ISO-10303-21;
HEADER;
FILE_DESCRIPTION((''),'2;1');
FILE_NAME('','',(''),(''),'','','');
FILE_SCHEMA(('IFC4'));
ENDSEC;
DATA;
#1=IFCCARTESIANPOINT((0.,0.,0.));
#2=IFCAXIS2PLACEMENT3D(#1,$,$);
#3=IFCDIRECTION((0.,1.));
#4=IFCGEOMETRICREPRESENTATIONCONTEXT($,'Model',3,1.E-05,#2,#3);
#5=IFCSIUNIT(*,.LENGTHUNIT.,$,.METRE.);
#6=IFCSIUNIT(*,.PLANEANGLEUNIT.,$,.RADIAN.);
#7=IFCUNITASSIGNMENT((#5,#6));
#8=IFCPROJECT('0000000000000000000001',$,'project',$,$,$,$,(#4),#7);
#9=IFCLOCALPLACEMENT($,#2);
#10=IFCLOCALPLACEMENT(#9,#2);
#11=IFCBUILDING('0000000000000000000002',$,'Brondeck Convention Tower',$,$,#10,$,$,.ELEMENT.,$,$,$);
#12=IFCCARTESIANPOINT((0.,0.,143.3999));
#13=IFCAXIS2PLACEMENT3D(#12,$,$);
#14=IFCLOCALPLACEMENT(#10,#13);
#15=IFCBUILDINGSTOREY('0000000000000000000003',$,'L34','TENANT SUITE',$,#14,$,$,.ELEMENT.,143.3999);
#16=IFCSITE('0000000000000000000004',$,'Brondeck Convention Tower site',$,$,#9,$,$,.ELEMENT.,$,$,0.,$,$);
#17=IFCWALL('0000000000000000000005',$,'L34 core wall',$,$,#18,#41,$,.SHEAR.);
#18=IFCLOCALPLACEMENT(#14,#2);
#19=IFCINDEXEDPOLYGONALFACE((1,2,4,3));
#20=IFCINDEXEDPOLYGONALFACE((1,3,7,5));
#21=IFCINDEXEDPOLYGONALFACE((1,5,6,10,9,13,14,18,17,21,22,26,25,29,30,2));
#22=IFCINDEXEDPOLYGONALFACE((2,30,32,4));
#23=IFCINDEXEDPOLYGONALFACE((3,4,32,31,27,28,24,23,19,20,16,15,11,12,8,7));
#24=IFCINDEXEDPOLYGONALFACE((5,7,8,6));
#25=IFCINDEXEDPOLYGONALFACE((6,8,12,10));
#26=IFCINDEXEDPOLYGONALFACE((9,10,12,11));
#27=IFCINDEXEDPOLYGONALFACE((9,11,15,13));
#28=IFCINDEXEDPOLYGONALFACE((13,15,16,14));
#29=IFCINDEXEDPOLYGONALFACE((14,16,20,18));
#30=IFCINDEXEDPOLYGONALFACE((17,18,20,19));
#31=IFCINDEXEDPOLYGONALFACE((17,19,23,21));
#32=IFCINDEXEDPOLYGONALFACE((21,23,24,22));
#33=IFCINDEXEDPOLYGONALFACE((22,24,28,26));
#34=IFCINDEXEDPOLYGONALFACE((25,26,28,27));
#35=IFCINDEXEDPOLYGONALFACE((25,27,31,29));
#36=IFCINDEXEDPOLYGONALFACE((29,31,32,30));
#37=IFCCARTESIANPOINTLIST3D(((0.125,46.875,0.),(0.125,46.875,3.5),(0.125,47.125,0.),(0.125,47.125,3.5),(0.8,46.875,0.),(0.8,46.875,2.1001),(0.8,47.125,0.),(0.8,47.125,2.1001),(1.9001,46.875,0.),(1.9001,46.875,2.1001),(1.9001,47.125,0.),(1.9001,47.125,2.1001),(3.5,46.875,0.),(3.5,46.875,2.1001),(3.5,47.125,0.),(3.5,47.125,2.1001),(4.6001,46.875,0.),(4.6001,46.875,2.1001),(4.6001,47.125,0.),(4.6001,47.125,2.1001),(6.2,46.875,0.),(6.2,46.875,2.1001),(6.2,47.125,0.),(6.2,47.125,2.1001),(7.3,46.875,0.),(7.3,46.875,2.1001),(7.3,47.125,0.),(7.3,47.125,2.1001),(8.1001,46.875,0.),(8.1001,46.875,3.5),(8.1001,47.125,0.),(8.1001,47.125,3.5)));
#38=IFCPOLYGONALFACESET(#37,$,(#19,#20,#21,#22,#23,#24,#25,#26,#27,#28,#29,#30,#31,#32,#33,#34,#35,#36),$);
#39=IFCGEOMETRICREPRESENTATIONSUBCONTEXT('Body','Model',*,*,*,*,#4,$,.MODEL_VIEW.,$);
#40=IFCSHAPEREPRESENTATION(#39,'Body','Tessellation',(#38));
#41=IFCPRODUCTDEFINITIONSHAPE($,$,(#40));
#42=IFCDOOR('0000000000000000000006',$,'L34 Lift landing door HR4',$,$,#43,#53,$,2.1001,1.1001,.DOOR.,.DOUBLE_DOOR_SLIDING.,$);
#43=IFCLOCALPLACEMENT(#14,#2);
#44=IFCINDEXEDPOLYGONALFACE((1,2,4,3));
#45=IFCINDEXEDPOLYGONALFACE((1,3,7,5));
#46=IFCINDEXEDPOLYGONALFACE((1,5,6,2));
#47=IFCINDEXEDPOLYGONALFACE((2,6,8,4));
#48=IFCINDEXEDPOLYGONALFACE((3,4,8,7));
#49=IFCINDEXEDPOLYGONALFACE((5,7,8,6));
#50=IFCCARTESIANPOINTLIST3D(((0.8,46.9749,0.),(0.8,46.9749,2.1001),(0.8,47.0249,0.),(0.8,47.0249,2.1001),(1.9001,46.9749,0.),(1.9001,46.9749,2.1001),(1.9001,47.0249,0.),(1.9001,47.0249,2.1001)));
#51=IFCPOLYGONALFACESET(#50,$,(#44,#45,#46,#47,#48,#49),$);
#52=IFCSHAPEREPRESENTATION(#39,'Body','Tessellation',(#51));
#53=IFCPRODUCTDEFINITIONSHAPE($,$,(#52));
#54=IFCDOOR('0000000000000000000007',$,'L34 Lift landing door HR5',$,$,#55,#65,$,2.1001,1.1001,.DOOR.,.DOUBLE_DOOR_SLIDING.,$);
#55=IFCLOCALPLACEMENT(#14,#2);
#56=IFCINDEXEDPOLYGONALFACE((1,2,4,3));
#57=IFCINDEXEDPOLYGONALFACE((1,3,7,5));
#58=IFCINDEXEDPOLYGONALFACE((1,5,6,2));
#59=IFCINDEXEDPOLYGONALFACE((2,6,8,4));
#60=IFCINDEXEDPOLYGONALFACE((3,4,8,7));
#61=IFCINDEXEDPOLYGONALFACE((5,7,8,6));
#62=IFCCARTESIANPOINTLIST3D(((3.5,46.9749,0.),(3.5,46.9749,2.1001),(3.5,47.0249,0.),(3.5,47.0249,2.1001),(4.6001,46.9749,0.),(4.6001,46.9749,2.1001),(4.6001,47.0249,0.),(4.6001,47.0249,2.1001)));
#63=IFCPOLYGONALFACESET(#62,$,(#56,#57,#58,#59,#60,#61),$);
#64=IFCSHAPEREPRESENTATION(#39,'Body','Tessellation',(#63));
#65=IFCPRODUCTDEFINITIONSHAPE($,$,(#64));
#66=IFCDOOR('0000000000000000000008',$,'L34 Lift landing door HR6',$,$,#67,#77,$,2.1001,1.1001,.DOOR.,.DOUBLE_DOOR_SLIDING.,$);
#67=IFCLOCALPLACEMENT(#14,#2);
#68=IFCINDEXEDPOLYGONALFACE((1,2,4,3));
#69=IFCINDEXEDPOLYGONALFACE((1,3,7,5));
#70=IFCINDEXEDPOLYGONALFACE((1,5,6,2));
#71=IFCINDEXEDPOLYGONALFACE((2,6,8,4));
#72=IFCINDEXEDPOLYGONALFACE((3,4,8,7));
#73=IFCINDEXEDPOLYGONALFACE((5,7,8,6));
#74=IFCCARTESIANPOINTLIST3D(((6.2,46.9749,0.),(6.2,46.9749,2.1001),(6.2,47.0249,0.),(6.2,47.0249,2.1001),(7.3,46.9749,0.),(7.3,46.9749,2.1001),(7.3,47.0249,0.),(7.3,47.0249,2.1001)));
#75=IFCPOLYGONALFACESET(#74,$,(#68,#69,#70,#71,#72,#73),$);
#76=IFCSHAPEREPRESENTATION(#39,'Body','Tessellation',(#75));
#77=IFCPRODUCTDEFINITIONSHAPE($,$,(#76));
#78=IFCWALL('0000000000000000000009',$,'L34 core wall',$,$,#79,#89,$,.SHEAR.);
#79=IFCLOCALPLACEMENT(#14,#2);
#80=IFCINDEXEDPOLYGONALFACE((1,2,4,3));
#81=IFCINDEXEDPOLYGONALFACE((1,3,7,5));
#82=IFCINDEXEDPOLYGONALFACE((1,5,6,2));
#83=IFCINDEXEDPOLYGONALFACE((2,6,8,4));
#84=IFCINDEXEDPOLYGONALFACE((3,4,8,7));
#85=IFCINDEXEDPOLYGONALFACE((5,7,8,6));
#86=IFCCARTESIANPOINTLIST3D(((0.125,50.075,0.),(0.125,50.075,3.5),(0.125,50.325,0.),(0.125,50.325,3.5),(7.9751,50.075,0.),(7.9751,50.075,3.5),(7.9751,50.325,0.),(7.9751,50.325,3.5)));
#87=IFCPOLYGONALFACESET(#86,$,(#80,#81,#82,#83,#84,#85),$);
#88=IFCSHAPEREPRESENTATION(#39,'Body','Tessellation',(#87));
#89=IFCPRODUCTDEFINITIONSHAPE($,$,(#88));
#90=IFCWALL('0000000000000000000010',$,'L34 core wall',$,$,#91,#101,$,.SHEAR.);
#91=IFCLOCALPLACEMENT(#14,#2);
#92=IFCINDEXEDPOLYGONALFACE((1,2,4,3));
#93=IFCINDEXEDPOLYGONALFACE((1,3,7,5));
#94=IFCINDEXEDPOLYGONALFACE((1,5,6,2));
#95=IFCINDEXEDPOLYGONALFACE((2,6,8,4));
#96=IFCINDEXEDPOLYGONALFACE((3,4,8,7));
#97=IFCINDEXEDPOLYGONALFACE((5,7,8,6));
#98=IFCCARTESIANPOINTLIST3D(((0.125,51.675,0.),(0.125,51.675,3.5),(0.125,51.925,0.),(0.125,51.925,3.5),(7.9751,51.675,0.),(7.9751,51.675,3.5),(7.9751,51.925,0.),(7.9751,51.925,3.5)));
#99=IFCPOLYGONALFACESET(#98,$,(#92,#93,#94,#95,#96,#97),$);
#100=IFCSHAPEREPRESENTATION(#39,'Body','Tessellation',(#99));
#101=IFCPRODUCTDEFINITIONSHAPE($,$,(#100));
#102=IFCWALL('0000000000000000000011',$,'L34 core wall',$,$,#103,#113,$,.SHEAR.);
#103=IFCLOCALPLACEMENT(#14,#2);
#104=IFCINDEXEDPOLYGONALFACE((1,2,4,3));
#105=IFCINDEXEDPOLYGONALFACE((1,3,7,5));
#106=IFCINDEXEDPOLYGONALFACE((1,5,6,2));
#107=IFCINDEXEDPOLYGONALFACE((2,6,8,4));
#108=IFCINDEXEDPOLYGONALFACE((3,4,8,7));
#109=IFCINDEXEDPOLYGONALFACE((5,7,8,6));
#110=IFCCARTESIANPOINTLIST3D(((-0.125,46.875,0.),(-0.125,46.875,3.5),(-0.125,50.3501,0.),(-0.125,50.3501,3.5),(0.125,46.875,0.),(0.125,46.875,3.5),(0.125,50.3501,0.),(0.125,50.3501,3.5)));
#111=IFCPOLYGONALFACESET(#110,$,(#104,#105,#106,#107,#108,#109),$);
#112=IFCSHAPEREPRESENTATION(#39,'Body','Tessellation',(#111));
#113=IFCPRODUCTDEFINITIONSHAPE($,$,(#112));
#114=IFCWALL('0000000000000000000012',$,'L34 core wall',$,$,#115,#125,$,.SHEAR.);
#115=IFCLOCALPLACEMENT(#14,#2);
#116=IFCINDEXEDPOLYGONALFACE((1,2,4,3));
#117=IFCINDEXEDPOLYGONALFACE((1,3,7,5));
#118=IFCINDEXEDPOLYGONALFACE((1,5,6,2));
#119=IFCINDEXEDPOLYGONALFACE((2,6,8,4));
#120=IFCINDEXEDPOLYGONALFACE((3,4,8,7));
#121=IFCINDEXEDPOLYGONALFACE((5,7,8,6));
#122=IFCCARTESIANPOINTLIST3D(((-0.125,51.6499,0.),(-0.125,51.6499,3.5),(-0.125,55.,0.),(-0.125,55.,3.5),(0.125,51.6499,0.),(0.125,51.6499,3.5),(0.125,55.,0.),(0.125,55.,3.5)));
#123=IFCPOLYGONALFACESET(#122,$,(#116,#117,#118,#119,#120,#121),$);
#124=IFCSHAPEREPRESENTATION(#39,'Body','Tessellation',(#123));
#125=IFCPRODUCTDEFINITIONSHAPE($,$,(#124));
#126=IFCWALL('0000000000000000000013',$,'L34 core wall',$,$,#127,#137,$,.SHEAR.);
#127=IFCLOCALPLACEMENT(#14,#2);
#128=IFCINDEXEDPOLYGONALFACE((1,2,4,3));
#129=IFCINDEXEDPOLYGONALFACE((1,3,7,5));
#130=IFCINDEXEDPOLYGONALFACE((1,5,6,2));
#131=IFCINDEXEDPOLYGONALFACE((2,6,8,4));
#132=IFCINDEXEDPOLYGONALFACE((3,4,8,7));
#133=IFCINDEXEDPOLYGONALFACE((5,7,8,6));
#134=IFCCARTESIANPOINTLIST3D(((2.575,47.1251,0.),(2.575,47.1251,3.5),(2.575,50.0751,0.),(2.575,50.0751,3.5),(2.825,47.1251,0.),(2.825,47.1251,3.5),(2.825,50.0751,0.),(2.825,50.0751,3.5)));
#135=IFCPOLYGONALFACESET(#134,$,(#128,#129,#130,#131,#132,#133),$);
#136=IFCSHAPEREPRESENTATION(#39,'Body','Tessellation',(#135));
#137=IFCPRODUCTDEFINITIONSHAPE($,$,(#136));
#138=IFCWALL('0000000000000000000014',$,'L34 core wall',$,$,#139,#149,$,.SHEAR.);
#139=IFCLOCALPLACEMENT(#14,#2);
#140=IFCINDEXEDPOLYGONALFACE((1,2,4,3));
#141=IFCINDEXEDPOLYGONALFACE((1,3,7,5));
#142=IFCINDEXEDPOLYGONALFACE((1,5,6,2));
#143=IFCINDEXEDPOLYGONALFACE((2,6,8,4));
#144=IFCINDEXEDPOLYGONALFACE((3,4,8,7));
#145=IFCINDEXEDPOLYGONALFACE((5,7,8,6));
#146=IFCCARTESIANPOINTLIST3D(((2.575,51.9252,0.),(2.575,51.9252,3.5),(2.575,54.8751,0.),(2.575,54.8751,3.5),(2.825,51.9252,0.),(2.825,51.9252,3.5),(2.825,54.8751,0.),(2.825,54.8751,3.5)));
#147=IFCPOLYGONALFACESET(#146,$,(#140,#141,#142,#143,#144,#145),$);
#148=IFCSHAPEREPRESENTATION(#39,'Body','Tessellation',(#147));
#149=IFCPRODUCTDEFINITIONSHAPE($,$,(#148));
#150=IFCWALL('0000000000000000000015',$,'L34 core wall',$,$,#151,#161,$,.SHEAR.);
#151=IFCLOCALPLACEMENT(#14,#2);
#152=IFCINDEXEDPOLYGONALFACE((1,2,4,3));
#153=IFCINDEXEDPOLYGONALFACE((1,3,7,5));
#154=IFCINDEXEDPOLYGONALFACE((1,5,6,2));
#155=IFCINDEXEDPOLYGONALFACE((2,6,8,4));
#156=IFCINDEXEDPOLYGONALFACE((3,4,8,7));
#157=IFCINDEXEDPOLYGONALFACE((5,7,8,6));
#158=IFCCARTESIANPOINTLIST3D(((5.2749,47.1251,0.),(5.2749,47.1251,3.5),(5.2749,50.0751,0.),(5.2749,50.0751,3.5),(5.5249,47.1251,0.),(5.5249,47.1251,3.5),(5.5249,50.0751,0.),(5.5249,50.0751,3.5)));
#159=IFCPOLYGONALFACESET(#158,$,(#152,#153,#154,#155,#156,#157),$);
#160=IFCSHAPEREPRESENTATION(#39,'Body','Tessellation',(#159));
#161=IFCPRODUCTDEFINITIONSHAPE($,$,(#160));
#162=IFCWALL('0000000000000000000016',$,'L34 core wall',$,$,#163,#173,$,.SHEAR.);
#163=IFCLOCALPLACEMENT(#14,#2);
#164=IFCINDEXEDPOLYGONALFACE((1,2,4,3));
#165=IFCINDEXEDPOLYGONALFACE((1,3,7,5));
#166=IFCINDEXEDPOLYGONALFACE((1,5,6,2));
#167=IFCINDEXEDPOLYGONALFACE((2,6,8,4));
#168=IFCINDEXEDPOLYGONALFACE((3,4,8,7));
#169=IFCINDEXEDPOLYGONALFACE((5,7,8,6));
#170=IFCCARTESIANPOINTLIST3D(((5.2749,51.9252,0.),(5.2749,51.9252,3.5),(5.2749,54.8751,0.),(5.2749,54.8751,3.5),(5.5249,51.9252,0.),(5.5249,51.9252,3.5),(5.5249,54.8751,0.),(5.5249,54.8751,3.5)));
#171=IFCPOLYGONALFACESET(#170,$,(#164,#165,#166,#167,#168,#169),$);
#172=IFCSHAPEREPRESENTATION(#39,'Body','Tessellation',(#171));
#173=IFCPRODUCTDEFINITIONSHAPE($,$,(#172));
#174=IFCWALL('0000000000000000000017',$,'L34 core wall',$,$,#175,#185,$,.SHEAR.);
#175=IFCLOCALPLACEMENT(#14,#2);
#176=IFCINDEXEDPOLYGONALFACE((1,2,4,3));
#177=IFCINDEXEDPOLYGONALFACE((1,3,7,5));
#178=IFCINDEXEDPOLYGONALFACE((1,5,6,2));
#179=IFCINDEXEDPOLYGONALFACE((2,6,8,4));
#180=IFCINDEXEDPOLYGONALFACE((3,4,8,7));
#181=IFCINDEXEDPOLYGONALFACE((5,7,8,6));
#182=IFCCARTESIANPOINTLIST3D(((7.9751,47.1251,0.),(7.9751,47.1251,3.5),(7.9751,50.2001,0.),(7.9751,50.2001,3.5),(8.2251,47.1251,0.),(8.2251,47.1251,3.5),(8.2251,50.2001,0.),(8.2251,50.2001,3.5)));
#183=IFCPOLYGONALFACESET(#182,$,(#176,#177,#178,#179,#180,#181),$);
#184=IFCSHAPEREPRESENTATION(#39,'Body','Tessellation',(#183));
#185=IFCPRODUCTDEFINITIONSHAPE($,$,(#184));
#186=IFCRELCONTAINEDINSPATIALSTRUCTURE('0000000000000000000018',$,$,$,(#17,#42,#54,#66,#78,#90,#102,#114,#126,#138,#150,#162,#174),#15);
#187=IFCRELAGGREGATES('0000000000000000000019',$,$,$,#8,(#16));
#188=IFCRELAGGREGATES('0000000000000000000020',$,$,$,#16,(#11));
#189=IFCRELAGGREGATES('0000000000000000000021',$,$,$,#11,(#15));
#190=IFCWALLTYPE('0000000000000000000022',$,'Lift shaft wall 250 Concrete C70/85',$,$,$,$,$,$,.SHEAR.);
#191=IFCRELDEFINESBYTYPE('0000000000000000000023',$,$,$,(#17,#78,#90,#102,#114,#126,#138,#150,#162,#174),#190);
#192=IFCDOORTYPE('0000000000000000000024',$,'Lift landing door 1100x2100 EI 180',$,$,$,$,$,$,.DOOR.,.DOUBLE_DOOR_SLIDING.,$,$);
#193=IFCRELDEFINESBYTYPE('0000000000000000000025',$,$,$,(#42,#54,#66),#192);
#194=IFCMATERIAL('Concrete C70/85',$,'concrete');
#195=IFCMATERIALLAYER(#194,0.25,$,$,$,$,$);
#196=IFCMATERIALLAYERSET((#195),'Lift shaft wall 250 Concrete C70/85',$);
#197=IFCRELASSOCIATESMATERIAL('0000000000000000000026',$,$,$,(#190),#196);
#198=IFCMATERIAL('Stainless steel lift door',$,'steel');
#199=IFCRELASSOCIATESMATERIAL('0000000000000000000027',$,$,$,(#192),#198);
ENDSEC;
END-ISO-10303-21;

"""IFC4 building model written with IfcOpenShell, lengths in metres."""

from ifc_helpers import new_model, si_unit, direction, frame, frame_2d, origin, place, context, subcontext, project, spatial, rectangle, extrude, material, layer, layer_set, type_object, element, fill, save


model = new_model("IFC4")

# Units and contexts
model_context = context("Model", 3, precision=1e-05, world=origin(), true_north=direction((0.0, 1.0)))
body_context = subcontext(model_context, "Body", "Model", "MODEL_VIEW")
ifc_project = project(units=[si_unit("LENGTHUNIT", "METRE"), si_unit("PLANEANGLEUNIT", "RADIAN")], contexts=[model_context])

# Site, building, storey
site_placement = place(None, origin())
site = spatial("IfcSite", under=ifc_project, at=site_placement, Name="Brondeck Convention Tower site", CompositionType="ELEMENT", RefElevation=0.0)
building_placement = place(site_placement, origin())
building = spatial("IfcBuilding", under=site, at=building_placement, Name="Brondeck Convention Tower", CompositionType="ELEMENT")
storey_placement = place(building_placement, frame((0.0, 0.0, 143.3999)))
storey = spatial("IfcBuildingStorey", under=building, at=storey_placement, Name="L34", Description="TENANT SUITE", CompositionType="ELEMENT", Elevation=143.3999)

# Shared definitions
ifc_material_1 = material(Name="Concrete C70/85", Category="concrete")

# Wall, openings, doors
ifc_layer_1 = layer(ifc_material_1, 0.25)
ifc_layer_set_1 = layer_set([ifc_layer_1], Name="Lift shaft wall 250 Concrete C70/85")
wall_type_1 = type_object("IfcWallType", Name="Lift shaft wall 250 Concrete C70/85", PredefinedType="SHEAR", material=ifc_layer_set_1)
wall_1_placement = place(storey_placement, frame((0.125, 47.0, 0.0), z_axis=(0.0, 0.0, 1.0), x_axis=(1.0, 0.0, 0.0)))
wall_1 = element("IfcWall", 1, at=wall_1_placement, inside=storey, type_object=wall_type_1, Name="L34 core wall", PredefinedType="SHEAR", context=body_context, shape_type="SweptSolid", body=[
    extrude(rectangle(XDim=7.9751, YDim=0.25, at=frame_2d((3.9875, 0.0))), origin(), (0.0, 0.0, 1.0), 3.5),
])
opening_1_placement = place(wall_1_placement, frame((0.675, 0.0, 0.0)))
opening_1 = element("IfcOpeningElement", 2, at=opening_1_placement, cuts=wall_1, PredefinedType="OPENING", context=body_context, shape_type="SweptSolid", body=[
    extrude(rectangle(XDim=1.1001, YDim=2.1001, at=frame_2d((0.55, 1.05))), frame((0.0, 0.135, 0.0), z_axis=(0.0, -1.0, 0.0), x_axis=(1.0, 0.0, 0.0)), (0.0, 0.0, 1.0), 0.27),
])
opening_2_placement = place(wall_1_placement, frame((3.375, 0.0, 0.0)))
opening_2 = element("IfcOpeningElement", 3, at=opening_2_placement, cuts=wall_1, PredefinedType="OPENING", context=body_context, shape_type="SweptSolid", body=[
    extrude(rectangle(XDim=1.1001, YDim=2.1001, at=frame_2d((0.55, 1.05))), frame((0.0, 0.135, 0.0), z_axis=(0.0, -1.0, 0.0), x_axis=(1.0, 0.0, 0.0)), (0.0, 0.0, 1.0), 0.27),
])
opening_3_placement = place(wall_1_placement, frame((6.075, 0.0, 0.0)))
opening_3 = element("IfcOpeningElement", 4, at=opening_3_placement, cuts=wall_1, PredefinedType="OPENING", context=body_context, shape_type="SweptSolid", body=[
    extrude(rectangle(XDim=1.1001, YDim=2.1001, at=frame_2d((0.55, 1.05))), frame((0.0, 0.135, 0.0), z_axis=(0.0, -1.0, 0.0), x_axis=(1.0, 0.0, 0.0)), (0.0, 0.0, 1.0), 0.27),
])
ifc_material_2 = material(Name="Stainless steel lift door", Category="steel")
door_type_1 = type_object("IfcDoorType", Name="Lift landing door 1100x2100 EI 180", OperationType="DOUBLE_DOOR_SLIDING", PredefinedType="DOOR", material=ifc_material_2)
door_1_placement = place(opening_1_placement, origin())
door_1 = element("IfcDoor", 5, at=door_1_placement, inside=storey, type_object=door_type_1, Name="L34 Lift landing door HR4", OperationType="DOUBLE_DOOR_SLIDING", OverallHeight=2.1001, OverallWidth=1.1001, PredefinedType="DOOR", context=body_context, shape_type="SweptSolid", body=[
    extrude(rectangle(XDim=1.1001, YDim=2.1001, at=frame_2d((0.55, 1.05))), frame((0.0, 0.0249, 0.0), z_axis=(0.0, -1.0, 0.0), x_axis=(1.0, 0.0, 0.0)), (0.0, 0.0, 1.0), 0.05),
])
fill(opening_1, door_1)
door_2_placement = place(opening_2_placement, origin())
door_2 = element("IfcDoor", 6, at=door_2_placement, inside=storey, type_object=door_type_1, Name="L34 Lift landing door HR5", OperationType="DOUBLE_DOOR_SLIDING", OverallHeight=2.1001, OverallWidth=1.1001, PredefinedType="DOOR", context=body_context, shape_type="SweptSolid", body=[
    extrude(rectangle(XDim=1.1001, YDim=2.1001, at=frame_2d((0.55, 1.05))), frame((0.0, 0.0249, 0.0), z_axis=(0.0, -1.0, 0.0), x_axis=(1.0, 0.0, 0.0)), (0.0, 0.0, 1.0), 0.05),
])
fill(opening_2, door_2)
door_3_placement = place(opening_3_placement, origin())
door_3 = element("IfcDoor", 7, at=door_3_placement, inside=storey, type_object=door_type_1, Name="L34 Lift landing door HR6", OperationType="DOUBLE_DOOR_SLIDING", OverallHeight=2.1001, OverallWidth=1.1001, PredefinedType="DOOR", context=body_context, shape_type="SweptSolid", body=[
    extrude(rectangle(XDim=1.1001, YDim=2.1001, at=frame_2d((0.55, 1.05))), frame((0.0, 0.0249, 0.0), z_axis=(0.0, -1.0, 0.0), x_axis=(1.0, 0.0, 0.0)), (0.0, 0.0, 1.0), 0.05),
])
fill(opening_3, door_3)

# Walls
for number, where, z_axis, x_axis, name in (
    (8, (0.125, 50.2, 0.0), (0.0, 0.0, 1.0), (1.0, 0.0, 0.0), "L34 core wall"),
    (9, (0.125, 51.8, 0.0), (0.0, 0.0, 1.0), (1.0, 0.0, 0.0), "L34 core wall"),
):
    element("IfcWall", number, at=place(storey_placement, frame(where, z_axis=z_axis, x_axis=x_axis)), inside=storey, type_object=wall_type_1, Name=name, PredefinedType="SHEAR", context=body_context, shape_type="SweptSolid", body=[
        extrude(rectangle(XDim=7.8501, YDim=0.25, at=frame_2d((3.925, 0.0))), origin(), (0.0, 0.0, 1.0), 3.5),
    ])
wall_2_placement = place(storey_placement, frame((0.0, 46.875, 0.0), z_axis=(0.0, 0.0, 1.0), x_axis=(0.0, 1.0, 0.0)))
element("IfcWall", 10, at=wall_2_placement, inside=storey, type_object=wall_type_1, Name="L34 core wall", PredefinedType="SHEAR", context=body_context, shape_type="SweptSolid", body=[
    extrude(rectangle(XDim=3.4751, YDim=0.25, at=frame_2d((1.7375, 0.0))), origin(), (0.0, 0.0, 1.0), 3.5),
])
wall_3_placement = place(storey_placement, frame((0.0, 51.6499, 0.0), z_axis=(0.0, 0.0, 1.0), x_axis=(0.0, 1.0, 0.0)))
element("IfcWall", 11, at=wall_3_placement, inside=storey, type_object=wall_type_1, Name="L34 core wall", PredefinedType="SHEAR", context=body_context, shape_type="SweptSolid", body=[
    extrude(rectangle(XDim=3.3501, YDim=0.25, at=frame_2d((1.675, 0.0))), origin(), (0.0, 0.0, 1.0), 3.5),
])
for number, where, z_axis, x_axis, name in (
    (12, (2.7, 47.125, 0.0), (0.0, 0.0, 1.0), (0.0, 1.0, 0.0), "L34 core wall"),
    (13, (2.7, 51.925, 0.0), (0.0, 0.0, 1.0), (0.0, 1.0, 0.0), "L34 core wall"),
    (14, (5.3999, 47.125, 0.0), (0.0, 0.0, 1.0), (0.0, 1.0, 0.0), "L34 core wall"),
    (15, (5.3999, 51.925, 0.0), (0.0, 0.0, 1.0), (0.0, 1.0, 0.0), "L34 core wall"),
):
    element("IfcWall", number, at=place(storey_placement, frame(where, z_axis=z_axis, x_axis=x_axis)), inside=storey, type_object=wall_type_1, Name=name, PredefinedType="SHEAR", context=body_context, shape_type="SweptSolid", body=[
        extrude(rectangle(XDim=2.95, YDim=0.25, at=frame_2d((1.4751, 0.0))), origin(), (0.0, 0.0, 1.0), 3.5),
    ])
wall_4_placement = place(storey_placement, frame((8.1001, 47.125, 0.0), z_axis=(0.0, 0.0, 1.0), x_axis=(0.0, 1.0, 0.0)))
element("IfcWall", 16, at=wall_4_placement, inside=storey, type_object=wall_type_1, Name="L34 core wall", PredefinedType="SHEAR", context=body_context, shape_type="SweptSolid", body=[
    extrude(rectangle(XDim=3.075, YDim=0.25, at=frame_2d((1.5376, 0.0))), origin(), (0.0, 0.0, 1.0), 3.5),
])

save(model, "model.ifc")
